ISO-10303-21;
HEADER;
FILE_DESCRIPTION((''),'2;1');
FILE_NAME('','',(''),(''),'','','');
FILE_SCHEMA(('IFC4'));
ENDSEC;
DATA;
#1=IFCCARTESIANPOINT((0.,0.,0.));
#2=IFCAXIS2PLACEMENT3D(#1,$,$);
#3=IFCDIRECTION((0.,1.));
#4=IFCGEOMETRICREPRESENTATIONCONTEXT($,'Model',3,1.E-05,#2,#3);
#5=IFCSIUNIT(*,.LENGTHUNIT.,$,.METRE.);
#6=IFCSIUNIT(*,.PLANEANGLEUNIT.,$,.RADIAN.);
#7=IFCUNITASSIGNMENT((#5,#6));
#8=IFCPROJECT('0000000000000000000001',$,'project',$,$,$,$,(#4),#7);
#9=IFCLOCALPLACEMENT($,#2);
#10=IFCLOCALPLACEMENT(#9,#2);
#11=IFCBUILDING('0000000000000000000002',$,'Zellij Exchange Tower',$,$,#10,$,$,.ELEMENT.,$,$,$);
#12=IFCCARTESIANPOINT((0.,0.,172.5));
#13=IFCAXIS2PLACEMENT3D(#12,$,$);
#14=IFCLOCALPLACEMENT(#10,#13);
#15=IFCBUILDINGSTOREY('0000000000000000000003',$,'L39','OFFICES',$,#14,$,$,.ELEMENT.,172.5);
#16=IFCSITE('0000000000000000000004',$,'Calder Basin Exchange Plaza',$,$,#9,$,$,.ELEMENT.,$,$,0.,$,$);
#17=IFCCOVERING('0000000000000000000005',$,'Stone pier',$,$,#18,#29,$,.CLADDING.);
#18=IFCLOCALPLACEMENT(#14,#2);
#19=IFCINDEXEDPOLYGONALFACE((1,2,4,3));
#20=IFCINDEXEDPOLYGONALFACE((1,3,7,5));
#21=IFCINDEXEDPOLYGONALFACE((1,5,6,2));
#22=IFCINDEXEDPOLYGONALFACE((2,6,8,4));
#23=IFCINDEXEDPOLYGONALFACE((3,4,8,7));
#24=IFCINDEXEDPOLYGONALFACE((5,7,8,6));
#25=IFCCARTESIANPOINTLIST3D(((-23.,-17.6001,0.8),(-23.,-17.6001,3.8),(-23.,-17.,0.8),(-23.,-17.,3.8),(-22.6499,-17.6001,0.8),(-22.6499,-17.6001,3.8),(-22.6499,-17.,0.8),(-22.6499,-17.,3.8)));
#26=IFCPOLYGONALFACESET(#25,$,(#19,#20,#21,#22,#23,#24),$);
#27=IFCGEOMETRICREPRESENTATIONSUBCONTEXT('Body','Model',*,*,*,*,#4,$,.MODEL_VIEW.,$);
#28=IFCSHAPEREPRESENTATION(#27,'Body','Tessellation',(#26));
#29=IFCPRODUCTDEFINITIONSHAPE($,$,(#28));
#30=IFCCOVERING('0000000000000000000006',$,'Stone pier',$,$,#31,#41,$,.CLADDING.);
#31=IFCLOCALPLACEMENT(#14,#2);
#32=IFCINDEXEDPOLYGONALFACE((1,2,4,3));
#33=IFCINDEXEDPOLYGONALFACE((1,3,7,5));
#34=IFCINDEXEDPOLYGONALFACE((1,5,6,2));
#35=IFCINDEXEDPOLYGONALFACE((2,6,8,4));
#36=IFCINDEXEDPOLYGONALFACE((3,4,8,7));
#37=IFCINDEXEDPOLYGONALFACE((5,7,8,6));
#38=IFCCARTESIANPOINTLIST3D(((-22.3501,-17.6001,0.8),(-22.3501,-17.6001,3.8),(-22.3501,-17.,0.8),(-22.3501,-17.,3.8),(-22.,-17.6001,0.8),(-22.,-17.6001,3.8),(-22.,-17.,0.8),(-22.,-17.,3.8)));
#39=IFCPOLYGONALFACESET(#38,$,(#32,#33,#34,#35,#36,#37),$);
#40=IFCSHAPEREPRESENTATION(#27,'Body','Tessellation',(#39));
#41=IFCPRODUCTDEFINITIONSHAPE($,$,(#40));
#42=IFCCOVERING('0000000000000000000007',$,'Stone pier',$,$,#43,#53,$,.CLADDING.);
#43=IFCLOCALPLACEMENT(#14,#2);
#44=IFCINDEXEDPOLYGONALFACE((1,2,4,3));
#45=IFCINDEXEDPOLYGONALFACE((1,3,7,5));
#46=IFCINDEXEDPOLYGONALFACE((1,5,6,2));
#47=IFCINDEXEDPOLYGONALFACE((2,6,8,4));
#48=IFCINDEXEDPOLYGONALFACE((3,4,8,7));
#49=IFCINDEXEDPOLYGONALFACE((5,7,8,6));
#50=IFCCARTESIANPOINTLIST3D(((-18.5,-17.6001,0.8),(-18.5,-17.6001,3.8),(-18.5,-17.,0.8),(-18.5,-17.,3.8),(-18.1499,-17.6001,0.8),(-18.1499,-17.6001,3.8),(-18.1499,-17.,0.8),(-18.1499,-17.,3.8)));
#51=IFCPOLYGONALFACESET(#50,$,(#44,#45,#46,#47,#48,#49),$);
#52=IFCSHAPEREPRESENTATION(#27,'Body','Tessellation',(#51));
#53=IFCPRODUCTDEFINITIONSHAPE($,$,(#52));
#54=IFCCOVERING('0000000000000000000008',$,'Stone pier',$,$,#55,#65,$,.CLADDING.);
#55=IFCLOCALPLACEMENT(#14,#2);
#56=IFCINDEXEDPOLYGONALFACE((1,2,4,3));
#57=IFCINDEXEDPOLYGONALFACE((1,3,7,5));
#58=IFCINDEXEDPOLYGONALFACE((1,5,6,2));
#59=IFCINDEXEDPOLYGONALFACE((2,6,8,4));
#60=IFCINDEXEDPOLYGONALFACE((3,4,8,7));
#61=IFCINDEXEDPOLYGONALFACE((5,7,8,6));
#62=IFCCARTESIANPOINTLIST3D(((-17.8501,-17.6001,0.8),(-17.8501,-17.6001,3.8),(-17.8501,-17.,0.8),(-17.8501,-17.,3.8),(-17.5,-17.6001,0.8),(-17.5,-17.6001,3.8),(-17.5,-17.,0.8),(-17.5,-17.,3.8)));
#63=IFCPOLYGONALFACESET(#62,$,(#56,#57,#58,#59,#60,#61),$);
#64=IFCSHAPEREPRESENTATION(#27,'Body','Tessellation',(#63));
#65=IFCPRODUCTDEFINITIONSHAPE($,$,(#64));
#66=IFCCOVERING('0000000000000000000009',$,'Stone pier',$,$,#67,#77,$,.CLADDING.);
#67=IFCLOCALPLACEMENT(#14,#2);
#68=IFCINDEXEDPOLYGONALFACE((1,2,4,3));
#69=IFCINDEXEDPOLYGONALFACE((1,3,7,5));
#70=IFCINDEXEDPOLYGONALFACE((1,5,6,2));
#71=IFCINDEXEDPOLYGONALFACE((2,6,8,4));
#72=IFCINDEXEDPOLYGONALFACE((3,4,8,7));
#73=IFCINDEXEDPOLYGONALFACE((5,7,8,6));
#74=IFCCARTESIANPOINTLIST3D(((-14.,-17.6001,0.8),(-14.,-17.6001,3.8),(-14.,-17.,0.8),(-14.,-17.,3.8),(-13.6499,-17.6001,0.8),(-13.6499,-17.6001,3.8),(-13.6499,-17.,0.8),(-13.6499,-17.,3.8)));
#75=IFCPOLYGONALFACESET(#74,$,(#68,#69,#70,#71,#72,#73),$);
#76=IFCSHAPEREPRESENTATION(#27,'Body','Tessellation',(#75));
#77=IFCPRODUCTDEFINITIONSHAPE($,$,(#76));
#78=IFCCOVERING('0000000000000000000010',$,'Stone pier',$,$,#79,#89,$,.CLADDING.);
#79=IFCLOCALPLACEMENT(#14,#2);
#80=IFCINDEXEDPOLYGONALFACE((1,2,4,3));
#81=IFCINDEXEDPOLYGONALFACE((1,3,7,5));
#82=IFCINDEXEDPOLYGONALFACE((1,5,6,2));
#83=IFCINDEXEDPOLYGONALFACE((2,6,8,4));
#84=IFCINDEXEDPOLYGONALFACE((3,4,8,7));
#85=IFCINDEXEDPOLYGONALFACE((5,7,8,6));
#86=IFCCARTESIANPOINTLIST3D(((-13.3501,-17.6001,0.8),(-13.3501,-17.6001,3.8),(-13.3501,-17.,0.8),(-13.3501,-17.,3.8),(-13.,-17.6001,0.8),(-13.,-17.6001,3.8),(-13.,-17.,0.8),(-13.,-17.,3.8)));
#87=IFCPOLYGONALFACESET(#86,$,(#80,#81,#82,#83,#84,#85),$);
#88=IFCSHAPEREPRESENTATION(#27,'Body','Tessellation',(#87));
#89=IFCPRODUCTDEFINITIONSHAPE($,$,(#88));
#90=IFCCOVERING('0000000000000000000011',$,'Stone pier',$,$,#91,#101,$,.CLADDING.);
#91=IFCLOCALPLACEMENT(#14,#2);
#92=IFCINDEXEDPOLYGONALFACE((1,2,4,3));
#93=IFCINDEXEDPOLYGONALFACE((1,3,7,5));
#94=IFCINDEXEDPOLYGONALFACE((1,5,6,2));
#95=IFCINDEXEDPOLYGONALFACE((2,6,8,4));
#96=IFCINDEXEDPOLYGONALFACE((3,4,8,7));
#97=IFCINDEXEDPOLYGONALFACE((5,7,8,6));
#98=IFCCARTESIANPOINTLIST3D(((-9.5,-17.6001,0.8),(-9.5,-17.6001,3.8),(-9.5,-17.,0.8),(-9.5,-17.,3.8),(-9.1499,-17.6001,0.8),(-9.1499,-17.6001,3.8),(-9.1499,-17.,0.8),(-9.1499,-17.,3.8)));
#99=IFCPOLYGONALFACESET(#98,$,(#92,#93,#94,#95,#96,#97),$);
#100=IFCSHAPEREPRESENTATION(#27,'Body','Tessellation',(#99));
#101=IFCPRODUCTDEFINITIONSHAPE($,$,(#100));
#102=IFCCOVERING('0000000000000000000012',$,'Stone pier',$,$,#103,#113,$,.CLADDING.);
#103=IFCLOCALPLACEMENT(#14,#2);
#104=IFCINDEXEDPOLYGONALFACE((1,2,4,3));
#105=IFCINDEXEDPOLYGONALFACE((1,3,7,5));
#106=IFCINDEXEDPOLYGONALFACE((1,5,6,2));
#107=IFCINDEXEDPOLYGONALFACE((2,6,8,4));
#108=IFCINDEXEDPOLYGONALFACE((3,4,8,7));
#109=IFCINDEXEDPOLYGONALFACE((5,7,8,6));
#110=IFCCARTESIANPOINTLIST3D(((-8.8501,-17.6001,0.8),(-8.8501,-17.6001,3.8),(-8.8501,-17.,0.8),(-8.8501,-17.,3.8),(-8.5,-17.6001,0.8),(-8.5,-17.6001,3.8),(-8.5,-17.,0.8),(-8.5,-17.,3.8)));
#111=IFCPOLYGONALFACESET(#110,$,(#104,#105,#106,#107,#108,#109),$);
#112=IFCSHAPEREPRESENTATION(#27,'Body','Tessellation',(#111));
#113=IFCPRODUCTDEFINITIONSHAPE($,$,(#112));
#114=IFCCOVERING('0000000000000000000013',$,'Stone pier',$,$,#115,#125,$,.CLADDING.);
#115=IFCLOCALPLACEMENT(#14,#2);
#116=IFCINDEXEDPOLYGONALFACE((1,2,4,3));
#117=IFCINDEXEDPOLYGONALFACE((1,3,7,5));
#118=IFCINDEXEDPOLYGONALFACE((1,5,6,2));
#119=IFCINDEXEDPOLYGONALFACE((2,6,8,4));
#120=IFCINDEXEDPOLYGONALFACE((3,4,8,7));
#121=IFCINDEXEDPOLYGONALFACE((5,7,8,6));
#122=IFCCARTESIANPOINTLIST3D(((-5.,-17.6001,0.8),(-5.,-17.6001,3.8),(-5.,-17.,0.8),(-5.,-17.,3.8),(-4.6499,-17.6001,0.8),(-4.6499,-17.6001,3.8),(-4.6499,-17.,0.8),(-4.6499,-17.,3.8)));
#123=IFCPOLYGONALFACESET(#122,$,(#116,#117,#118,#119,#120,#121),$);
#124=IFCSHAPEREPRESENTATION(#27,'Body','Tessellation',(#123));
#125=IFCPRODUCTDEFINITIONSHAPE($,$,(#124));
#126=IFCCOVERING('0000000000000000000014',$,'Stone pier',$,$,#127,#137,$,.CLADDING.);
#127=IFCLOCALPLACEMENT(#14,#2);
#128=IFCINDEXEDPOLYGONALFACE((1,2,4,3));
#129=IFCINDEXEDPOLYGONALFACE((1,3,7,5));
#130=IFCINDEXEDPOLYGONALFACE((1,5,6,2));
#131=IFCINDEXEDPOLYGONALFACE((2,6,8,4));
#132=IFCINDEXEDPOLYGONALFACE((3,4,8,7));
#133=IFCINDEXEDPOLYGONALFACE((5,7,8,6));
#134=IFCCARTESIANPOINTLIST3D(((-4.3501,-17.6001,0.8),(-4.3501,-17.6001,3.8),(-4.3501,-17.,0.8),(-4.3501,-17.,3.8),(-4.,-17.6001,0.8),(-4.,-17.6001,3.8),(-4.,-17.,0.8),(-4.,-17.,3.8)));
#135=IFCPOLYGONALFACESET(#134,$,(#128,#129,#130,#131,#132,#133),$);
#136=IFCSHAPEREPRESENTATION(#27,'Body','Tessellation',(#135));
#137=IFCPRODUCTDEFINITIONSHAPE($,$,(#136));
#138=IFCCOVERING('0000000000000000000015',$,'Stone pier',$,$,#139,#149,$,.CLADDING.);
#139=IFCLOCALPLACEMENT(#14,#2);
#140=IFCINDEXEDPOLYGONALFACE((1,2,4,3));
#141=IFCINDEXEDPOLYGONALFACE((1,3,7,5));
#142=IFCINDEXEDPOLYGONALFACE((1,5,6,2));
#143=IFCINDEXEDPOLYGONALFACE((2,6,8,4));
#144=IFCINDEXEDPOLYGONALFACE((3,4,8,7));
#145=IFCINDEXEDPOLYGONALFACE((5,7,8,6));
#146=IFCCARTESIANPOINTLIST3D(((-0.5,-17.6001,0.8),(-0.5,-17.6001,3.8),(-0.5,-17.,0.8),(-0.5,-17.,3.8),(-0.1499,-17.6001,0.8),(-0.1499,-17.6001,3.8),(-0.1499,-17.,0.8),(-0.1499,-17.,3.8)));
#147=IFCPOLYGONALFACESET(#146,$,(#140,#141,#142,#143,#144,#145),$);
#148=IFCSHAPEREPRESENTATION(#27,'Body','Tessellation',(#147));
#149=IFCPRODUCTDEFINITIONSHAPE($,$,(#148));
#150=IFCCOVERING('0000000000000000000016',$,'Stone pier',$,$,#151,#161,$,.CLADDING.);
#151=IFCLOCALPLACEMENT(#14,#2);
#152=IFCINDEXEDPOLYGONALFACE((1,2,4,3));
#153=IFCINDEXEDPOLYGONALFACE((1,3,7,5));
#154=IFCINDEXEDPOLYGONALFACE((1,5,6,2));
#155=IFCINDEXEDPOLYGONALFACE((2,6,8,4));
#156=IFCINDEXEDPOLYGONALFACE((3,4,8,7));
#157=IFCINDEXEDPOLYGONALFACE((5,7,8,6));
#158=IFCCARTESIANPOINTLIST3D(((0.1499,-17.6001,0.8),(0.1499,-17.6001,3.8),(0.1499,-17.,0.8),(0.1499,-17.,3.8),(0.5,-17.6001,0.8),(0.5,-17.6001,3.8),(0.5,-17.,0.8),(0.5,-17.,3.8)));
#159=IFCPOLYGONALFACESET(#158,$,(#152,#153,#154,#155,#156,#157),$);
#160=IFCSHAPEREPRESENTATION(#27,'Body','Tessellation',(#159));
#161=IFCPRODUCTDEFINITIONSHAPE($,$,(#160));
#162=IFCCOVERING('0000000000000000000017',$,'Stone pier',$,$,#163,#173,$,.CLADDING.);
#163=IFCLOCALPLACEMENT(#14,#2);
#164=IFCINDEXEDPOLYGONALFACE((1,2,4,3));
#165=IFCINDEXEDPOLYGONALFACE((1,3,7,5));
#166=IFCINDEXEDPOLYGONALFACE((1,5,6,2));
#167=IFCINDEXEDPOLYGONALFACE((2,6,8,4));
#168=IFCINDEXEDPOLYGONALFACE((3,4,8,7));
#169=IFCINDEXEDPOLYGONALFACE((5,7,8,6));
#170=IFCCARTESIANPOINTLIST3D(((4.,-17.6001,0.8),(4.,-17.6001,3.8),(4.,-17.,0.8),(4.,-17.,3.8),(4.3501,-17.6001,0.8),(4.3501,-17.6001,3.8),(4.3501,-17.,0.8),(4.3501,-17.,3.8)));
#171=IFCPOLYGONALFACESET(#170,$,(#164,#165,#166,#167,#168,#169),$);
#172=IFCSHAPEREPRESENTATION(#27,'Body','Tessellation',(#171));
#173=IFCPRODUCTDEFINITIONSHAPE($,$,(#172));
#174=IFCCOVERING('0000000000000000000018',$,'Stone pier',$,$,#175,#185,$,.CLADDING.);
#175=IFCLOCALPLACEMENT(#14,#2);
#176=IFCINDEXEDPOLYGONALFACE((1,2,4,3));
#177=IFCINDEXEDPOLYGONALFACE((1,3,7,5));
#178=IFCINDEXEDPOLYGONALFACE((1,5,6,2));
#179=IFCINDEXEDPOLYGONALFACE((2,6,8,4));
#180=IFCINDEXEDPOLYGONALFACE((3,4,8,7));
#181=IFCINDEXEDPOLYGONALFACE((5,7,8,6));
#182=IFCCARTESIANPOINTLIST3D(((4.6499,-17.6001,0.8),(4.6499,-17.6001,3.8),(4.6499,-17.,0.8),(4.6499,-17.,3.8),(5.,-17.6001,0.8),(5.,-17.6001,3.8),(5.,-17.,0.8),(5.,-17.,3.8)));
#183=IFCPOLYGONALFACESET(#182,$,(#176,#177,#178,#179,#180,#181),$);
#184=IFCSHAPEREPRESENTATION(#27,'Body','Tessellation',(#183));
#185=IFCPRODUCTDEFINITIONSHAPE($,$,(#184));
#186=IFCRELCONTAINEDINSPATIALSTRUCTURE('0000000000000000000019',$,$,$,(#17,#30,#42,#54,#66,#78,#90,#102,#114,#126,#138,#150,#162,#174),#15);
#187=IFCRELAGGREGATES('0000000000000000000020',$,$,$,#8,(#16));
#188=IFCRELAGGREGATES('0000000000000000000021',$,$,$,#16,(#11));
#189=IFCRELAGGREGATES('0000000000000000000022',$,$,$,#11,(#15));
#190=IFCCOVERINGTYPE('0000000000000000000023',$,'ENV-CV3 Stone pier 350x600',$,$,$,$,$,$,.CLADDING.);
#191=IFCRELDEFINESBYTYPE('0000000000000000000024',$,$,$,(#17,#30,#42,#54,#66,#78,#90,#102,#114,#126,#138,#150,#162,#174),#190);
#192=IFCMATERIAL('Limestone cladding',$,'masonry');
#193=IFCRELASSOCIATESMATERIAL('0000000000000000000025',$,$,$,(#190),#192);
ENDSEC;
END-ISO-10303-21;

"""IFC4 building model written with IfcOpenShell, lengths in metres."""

from ifc_helpers import new_model, si_unit, direction, frame, origin, place, context, subcontext, project, spatial, polyline, outline, extrude, material, type_object, element, save


model = new_model("IFC4")

# Units and contexts
model_context = context("Model", 3, precision=1e-05, world=origin(), true_north=direction((0.0, 1.0)))
body_context = subcontext(model_context, "Body", "Model", "MODEL_VIEW")
ifc_project = project(units=[si_unit("LENGTHUNIT", "METRE"), si_unit("PLANEANGLEUNIT", "RADIAN")], contexts=[model_context])

# Site, building, storey
site_placement = place(None, origin())
site = spatial("IfcSite", under=ifc_project, at=site_placement, Name="Calder Basin Exchange Plaza", CompositionType="ELEMENT", RefElevation=0.0)
building_placement = place(site_placement, origin())
building = spatial("IfcBuilding", under=site, at=building_placement, Name="Zellij Exchange Tower", CompositionType="ELEMENT")
storey_placement = place(building_placement, frame((0.0, 0.0, 172.5)))
storey = spatial("IfcBuildingStorey", under=building, at=storey_placement, Name="L39", Description="OFFICES", CompositionType="ELEMENT", Elevation=172.5)

# Coverings
ifc_material_1 = material(Name="Limestone cladding", Category="masonry")
covering_type = type_object("IfcCoveringType", Name="ENV-CV3 Stone pier 350x600", PredefinedType="CLADDING", material=ifc_material_1)
covering_1_placement = place(storey_placement, frame((0.0, 0.0, 0.8)))
element("IfcCovering", 1, at=covering_1_placement, inside=storey, type_object=covering_type, Name="Stone pier", PredefinedType="CLADDING", context=body_context, shape_type="SweptSolid", body=[
    extrude(outline(polyline([(-23.0, -17.0), (-22.6499, -17.0), (-22.6499, -17.6001), (-23.0, -17.6001), (-23.0, -17.0)])), origin(), (0.0, 0.0, 1.0), 3.0),
])
covering_2_placement = place(storey_placement, frame((0.0, 0.0, 0.8)))
element("IfcCovering", 2, at=covering_2_placement, inside=storey, type_object=covering_type, Name="Stone pier", PredefinedType="CLADDING", context=body_context, shape_type="SweptSolid", body=[
    extrude(outline(polyline([(-22.3501, -17.0), (-22.0, -17.0), (-22.0, -17.6001), (-22.3501, -17.6001), (-22.3501, -17.0)])), origin(), (0.0, 0.0, 1.0), 3.0),
])
covering_3_placement = place(storey_placement, frame((0.0, 0.0, 0.8)))
element("IfcCovering", 3, at=covering_3_placement, inside=storey, type_object=covering_type, Name="Stone pier", PredefinedType="CLADDING", context=body_context, shape_type="SweptSolid", body=[
    extrude(outline(polyline([(-18.5, -17.0), (-18.1499, -17.0), (-18.1499, -17.6001), (-18.5, -17.6001), (-18.5, -17.0)])), origin(), (0.0, 0.0, 1.0), 3.0),
])
covering_4_placement = place(storey_placement, frame((0.0, 0.0, 0.8)))
element("IfcCovering", 4, at=covering_4_placement, inside=storey, type_object=covering_type, Name="Stone pier", PredefinedType="CLADDING", context=body_context, shape_type="SweptSolid", body=[
    extrude(outline(polyline([(-17.8501, -17.0), (-17.5, -17.0), (-17.5, -17.6001), (-17.8501, -17.6001), (-17.8501, -17.0)])), origin(), (0.0, 0.0, 1.0), 3.0),
])
covering_5_placement = place(storey_placement, frame((0.0, 0.0, 0.8)))
element("IfcCovering", 5, at=covering_5_placement, inside=storey, type_object=covering_type, Name="Stone pier", PredefinedType="CLADDING", context=body_context, shape_type="SweptSolid", body=[
    extrude(outline(polyline([(-14.0, -17.0), (-13.6499, -17.0), (-13.6499, -17.6001), (-14.0, -17.6001), (-14.0, -17.0)])), origin(), (0.0, 0.0, 1.0), 3.0),
])
covering_6_placement = place(storey_placement, frame((0.0, 0.0, 0.8)))
element("IfcCovering", 6, at=covering_6_placement, inside=storey, type_object=covering_type, Name="Stone pier", PredefinedType="CLADDING", context=body_context, shape_type="SweptSolid", body=[
    extrude(outline(polyline([(-13.3501, -17.0), (-13.0, -17.0), (-13.0, -17.6001), (-13.3501, -17.6001), (-13.3501, -17.0)])), origin(), (0.0, 0.0, 1.0), 3.0),
])
covering_7_placement = place(storey_placement, frame((0.0, 0.0, 0.8)))
element("IfcCovering", 7, at=covering_7_placement, inside=storey, type_object=covering_type, Name="Stone pier", PredefinedType="CLADDING", context=body_context, shape_type="SweptSolid", body=[
    extrude(outline(polyline([(-9.5, -17.0), (-9.1499, -17.0), (-9.1499, -17.6001), (-9.5, -17.6001), (-9.5, -17.0)])), origin(), (0.0, 0.0, 1.0), 3.0),
])
covering_8_placement = place(storey_placement, frame((0.0, 0.0, 0.8)))
element("IfcCovering", 8, at=covering_8_placement, inside=storey, type_object=covering_type, Name="Stone pier", PredefinedType="CLADDING", context=body_context, shape_type="SweptSolid", body=[
    extrude(outline(polyline([(-8.8501, -17.0), (-8.5, -17.0), (-8.5, -17.6001), (-8.8501, -17.6001), (-8.8501, -17.0)])), origin(), (0.0, 0.0, 1.0), 3.0),
])
covering_9_placement = place(storey_placement, frame((0.0, 0.0, 0.8)))
element("IfcCovering", 9, at=covering_9_placement, inside=storey, type_object=covering_type, Name="Stone pier", PredefinedType="CLADDING", context=body_context, shape_type="SweptSolid", body=[
    extrude(outline(polyline([(-5.0, -17.0), (-4.6499, -17.0), (-4.6499, -17.6001), (-5.0, -17.6001), (-5.0, -17.0)])), origin(), (0.0, 0.0, 1.0), 3.0),
])
covering_10_placement = place(storey_placement, frame((0.0, 0.0, 0.8)))
element("IfcCovering", 10, at=covering_10_placement, inside=storey, type_object=covering_type, Name="Stone pier", PredefinedType="CLADDING", context=body_context, shape_type="SweptSolid", body=[
    extrude(outline(polyline([(-4.3501, -17.0), (-4.0, -17.0), (-4.0, -17.6001), (-4.3501, -17.6001), (-4.3501, -17.0)])), origin(), (0.0, 0.0, 1.0), 3.0),
])
covering_11_placement = place(storey_placement, frame((0.0, 0.0, 0.8)))
element("IfcCovering", 11, at=covering_11_placement, inside=storey, type_object=covering_type, Name="Stone pier", PredefinedType="CLADDING", context=body_context, shape_type="SweptSolid", body=[
    extrude(outline(polyline([(-0.5, -17.0), (-0.1499, -17.0), (-0.1499, -17.6001), (-0.5, -17.6001), (-0.5, -17.0)])), origin(), (0.0, 0.0, 1.0), 3.0),
])
covering_12_placement = place(storey_placement, frame((0.0, 0.0, 0.8)))
element("IfcCovering", 12, at=covering_12_placement, inside=storey, type_object=covering_type, Name="Stone pier", PredefinedType="CLADDING", context=body_context, shape_type="SweptSolid", body=[
    extrude(outline(polyline([(0.1499, -17.0), (0.5, -17.0), (0.5, -17.6001), (0.1499, -17.6001), (0.1499, -17.0)])), origin(), (0.0, 0.0, 1.0), 3.0),
])
covering_13_placement = place(storey_placement, frame((0.0, 0.0, 0.8)))
element("IfcCovering", 13, at=covering_13_placement, inside=storey, type_object=covering_type, Name="Stone pier", PredefinedType="CLADDING", context=body_context, shape_type="SweptSolid", body=[
    extrude(outline(polyline([(4.0, -17.0), (4.3501, -17.0), (4.3501, -17.6001), (4.0, -17.6001), (4.0, -17.0)])), origin(), (0.0, 0.0, 1.0), 3.0),
])
covering_14_placement = place(storey_placement, frame((0.0, 0.0, 0.8)))
element("IfcCovering", 14, at=covering_14_placement, inside=storey, type_object=covering_type, Name="Stone pier", PredefinedType="CLADDING", context=body_context, shape_type="SweptSolid", body=[
    extrude(outline(polyline([(4.6499, -17.0), (5.0, -17.0), (5.0, -17.6001), (4.6499, -17.6001), (4.6499, -17.0)])), origin(), (0.0, 0.0, 1.0), 3.0),
])

save(model, "model.ifc")
